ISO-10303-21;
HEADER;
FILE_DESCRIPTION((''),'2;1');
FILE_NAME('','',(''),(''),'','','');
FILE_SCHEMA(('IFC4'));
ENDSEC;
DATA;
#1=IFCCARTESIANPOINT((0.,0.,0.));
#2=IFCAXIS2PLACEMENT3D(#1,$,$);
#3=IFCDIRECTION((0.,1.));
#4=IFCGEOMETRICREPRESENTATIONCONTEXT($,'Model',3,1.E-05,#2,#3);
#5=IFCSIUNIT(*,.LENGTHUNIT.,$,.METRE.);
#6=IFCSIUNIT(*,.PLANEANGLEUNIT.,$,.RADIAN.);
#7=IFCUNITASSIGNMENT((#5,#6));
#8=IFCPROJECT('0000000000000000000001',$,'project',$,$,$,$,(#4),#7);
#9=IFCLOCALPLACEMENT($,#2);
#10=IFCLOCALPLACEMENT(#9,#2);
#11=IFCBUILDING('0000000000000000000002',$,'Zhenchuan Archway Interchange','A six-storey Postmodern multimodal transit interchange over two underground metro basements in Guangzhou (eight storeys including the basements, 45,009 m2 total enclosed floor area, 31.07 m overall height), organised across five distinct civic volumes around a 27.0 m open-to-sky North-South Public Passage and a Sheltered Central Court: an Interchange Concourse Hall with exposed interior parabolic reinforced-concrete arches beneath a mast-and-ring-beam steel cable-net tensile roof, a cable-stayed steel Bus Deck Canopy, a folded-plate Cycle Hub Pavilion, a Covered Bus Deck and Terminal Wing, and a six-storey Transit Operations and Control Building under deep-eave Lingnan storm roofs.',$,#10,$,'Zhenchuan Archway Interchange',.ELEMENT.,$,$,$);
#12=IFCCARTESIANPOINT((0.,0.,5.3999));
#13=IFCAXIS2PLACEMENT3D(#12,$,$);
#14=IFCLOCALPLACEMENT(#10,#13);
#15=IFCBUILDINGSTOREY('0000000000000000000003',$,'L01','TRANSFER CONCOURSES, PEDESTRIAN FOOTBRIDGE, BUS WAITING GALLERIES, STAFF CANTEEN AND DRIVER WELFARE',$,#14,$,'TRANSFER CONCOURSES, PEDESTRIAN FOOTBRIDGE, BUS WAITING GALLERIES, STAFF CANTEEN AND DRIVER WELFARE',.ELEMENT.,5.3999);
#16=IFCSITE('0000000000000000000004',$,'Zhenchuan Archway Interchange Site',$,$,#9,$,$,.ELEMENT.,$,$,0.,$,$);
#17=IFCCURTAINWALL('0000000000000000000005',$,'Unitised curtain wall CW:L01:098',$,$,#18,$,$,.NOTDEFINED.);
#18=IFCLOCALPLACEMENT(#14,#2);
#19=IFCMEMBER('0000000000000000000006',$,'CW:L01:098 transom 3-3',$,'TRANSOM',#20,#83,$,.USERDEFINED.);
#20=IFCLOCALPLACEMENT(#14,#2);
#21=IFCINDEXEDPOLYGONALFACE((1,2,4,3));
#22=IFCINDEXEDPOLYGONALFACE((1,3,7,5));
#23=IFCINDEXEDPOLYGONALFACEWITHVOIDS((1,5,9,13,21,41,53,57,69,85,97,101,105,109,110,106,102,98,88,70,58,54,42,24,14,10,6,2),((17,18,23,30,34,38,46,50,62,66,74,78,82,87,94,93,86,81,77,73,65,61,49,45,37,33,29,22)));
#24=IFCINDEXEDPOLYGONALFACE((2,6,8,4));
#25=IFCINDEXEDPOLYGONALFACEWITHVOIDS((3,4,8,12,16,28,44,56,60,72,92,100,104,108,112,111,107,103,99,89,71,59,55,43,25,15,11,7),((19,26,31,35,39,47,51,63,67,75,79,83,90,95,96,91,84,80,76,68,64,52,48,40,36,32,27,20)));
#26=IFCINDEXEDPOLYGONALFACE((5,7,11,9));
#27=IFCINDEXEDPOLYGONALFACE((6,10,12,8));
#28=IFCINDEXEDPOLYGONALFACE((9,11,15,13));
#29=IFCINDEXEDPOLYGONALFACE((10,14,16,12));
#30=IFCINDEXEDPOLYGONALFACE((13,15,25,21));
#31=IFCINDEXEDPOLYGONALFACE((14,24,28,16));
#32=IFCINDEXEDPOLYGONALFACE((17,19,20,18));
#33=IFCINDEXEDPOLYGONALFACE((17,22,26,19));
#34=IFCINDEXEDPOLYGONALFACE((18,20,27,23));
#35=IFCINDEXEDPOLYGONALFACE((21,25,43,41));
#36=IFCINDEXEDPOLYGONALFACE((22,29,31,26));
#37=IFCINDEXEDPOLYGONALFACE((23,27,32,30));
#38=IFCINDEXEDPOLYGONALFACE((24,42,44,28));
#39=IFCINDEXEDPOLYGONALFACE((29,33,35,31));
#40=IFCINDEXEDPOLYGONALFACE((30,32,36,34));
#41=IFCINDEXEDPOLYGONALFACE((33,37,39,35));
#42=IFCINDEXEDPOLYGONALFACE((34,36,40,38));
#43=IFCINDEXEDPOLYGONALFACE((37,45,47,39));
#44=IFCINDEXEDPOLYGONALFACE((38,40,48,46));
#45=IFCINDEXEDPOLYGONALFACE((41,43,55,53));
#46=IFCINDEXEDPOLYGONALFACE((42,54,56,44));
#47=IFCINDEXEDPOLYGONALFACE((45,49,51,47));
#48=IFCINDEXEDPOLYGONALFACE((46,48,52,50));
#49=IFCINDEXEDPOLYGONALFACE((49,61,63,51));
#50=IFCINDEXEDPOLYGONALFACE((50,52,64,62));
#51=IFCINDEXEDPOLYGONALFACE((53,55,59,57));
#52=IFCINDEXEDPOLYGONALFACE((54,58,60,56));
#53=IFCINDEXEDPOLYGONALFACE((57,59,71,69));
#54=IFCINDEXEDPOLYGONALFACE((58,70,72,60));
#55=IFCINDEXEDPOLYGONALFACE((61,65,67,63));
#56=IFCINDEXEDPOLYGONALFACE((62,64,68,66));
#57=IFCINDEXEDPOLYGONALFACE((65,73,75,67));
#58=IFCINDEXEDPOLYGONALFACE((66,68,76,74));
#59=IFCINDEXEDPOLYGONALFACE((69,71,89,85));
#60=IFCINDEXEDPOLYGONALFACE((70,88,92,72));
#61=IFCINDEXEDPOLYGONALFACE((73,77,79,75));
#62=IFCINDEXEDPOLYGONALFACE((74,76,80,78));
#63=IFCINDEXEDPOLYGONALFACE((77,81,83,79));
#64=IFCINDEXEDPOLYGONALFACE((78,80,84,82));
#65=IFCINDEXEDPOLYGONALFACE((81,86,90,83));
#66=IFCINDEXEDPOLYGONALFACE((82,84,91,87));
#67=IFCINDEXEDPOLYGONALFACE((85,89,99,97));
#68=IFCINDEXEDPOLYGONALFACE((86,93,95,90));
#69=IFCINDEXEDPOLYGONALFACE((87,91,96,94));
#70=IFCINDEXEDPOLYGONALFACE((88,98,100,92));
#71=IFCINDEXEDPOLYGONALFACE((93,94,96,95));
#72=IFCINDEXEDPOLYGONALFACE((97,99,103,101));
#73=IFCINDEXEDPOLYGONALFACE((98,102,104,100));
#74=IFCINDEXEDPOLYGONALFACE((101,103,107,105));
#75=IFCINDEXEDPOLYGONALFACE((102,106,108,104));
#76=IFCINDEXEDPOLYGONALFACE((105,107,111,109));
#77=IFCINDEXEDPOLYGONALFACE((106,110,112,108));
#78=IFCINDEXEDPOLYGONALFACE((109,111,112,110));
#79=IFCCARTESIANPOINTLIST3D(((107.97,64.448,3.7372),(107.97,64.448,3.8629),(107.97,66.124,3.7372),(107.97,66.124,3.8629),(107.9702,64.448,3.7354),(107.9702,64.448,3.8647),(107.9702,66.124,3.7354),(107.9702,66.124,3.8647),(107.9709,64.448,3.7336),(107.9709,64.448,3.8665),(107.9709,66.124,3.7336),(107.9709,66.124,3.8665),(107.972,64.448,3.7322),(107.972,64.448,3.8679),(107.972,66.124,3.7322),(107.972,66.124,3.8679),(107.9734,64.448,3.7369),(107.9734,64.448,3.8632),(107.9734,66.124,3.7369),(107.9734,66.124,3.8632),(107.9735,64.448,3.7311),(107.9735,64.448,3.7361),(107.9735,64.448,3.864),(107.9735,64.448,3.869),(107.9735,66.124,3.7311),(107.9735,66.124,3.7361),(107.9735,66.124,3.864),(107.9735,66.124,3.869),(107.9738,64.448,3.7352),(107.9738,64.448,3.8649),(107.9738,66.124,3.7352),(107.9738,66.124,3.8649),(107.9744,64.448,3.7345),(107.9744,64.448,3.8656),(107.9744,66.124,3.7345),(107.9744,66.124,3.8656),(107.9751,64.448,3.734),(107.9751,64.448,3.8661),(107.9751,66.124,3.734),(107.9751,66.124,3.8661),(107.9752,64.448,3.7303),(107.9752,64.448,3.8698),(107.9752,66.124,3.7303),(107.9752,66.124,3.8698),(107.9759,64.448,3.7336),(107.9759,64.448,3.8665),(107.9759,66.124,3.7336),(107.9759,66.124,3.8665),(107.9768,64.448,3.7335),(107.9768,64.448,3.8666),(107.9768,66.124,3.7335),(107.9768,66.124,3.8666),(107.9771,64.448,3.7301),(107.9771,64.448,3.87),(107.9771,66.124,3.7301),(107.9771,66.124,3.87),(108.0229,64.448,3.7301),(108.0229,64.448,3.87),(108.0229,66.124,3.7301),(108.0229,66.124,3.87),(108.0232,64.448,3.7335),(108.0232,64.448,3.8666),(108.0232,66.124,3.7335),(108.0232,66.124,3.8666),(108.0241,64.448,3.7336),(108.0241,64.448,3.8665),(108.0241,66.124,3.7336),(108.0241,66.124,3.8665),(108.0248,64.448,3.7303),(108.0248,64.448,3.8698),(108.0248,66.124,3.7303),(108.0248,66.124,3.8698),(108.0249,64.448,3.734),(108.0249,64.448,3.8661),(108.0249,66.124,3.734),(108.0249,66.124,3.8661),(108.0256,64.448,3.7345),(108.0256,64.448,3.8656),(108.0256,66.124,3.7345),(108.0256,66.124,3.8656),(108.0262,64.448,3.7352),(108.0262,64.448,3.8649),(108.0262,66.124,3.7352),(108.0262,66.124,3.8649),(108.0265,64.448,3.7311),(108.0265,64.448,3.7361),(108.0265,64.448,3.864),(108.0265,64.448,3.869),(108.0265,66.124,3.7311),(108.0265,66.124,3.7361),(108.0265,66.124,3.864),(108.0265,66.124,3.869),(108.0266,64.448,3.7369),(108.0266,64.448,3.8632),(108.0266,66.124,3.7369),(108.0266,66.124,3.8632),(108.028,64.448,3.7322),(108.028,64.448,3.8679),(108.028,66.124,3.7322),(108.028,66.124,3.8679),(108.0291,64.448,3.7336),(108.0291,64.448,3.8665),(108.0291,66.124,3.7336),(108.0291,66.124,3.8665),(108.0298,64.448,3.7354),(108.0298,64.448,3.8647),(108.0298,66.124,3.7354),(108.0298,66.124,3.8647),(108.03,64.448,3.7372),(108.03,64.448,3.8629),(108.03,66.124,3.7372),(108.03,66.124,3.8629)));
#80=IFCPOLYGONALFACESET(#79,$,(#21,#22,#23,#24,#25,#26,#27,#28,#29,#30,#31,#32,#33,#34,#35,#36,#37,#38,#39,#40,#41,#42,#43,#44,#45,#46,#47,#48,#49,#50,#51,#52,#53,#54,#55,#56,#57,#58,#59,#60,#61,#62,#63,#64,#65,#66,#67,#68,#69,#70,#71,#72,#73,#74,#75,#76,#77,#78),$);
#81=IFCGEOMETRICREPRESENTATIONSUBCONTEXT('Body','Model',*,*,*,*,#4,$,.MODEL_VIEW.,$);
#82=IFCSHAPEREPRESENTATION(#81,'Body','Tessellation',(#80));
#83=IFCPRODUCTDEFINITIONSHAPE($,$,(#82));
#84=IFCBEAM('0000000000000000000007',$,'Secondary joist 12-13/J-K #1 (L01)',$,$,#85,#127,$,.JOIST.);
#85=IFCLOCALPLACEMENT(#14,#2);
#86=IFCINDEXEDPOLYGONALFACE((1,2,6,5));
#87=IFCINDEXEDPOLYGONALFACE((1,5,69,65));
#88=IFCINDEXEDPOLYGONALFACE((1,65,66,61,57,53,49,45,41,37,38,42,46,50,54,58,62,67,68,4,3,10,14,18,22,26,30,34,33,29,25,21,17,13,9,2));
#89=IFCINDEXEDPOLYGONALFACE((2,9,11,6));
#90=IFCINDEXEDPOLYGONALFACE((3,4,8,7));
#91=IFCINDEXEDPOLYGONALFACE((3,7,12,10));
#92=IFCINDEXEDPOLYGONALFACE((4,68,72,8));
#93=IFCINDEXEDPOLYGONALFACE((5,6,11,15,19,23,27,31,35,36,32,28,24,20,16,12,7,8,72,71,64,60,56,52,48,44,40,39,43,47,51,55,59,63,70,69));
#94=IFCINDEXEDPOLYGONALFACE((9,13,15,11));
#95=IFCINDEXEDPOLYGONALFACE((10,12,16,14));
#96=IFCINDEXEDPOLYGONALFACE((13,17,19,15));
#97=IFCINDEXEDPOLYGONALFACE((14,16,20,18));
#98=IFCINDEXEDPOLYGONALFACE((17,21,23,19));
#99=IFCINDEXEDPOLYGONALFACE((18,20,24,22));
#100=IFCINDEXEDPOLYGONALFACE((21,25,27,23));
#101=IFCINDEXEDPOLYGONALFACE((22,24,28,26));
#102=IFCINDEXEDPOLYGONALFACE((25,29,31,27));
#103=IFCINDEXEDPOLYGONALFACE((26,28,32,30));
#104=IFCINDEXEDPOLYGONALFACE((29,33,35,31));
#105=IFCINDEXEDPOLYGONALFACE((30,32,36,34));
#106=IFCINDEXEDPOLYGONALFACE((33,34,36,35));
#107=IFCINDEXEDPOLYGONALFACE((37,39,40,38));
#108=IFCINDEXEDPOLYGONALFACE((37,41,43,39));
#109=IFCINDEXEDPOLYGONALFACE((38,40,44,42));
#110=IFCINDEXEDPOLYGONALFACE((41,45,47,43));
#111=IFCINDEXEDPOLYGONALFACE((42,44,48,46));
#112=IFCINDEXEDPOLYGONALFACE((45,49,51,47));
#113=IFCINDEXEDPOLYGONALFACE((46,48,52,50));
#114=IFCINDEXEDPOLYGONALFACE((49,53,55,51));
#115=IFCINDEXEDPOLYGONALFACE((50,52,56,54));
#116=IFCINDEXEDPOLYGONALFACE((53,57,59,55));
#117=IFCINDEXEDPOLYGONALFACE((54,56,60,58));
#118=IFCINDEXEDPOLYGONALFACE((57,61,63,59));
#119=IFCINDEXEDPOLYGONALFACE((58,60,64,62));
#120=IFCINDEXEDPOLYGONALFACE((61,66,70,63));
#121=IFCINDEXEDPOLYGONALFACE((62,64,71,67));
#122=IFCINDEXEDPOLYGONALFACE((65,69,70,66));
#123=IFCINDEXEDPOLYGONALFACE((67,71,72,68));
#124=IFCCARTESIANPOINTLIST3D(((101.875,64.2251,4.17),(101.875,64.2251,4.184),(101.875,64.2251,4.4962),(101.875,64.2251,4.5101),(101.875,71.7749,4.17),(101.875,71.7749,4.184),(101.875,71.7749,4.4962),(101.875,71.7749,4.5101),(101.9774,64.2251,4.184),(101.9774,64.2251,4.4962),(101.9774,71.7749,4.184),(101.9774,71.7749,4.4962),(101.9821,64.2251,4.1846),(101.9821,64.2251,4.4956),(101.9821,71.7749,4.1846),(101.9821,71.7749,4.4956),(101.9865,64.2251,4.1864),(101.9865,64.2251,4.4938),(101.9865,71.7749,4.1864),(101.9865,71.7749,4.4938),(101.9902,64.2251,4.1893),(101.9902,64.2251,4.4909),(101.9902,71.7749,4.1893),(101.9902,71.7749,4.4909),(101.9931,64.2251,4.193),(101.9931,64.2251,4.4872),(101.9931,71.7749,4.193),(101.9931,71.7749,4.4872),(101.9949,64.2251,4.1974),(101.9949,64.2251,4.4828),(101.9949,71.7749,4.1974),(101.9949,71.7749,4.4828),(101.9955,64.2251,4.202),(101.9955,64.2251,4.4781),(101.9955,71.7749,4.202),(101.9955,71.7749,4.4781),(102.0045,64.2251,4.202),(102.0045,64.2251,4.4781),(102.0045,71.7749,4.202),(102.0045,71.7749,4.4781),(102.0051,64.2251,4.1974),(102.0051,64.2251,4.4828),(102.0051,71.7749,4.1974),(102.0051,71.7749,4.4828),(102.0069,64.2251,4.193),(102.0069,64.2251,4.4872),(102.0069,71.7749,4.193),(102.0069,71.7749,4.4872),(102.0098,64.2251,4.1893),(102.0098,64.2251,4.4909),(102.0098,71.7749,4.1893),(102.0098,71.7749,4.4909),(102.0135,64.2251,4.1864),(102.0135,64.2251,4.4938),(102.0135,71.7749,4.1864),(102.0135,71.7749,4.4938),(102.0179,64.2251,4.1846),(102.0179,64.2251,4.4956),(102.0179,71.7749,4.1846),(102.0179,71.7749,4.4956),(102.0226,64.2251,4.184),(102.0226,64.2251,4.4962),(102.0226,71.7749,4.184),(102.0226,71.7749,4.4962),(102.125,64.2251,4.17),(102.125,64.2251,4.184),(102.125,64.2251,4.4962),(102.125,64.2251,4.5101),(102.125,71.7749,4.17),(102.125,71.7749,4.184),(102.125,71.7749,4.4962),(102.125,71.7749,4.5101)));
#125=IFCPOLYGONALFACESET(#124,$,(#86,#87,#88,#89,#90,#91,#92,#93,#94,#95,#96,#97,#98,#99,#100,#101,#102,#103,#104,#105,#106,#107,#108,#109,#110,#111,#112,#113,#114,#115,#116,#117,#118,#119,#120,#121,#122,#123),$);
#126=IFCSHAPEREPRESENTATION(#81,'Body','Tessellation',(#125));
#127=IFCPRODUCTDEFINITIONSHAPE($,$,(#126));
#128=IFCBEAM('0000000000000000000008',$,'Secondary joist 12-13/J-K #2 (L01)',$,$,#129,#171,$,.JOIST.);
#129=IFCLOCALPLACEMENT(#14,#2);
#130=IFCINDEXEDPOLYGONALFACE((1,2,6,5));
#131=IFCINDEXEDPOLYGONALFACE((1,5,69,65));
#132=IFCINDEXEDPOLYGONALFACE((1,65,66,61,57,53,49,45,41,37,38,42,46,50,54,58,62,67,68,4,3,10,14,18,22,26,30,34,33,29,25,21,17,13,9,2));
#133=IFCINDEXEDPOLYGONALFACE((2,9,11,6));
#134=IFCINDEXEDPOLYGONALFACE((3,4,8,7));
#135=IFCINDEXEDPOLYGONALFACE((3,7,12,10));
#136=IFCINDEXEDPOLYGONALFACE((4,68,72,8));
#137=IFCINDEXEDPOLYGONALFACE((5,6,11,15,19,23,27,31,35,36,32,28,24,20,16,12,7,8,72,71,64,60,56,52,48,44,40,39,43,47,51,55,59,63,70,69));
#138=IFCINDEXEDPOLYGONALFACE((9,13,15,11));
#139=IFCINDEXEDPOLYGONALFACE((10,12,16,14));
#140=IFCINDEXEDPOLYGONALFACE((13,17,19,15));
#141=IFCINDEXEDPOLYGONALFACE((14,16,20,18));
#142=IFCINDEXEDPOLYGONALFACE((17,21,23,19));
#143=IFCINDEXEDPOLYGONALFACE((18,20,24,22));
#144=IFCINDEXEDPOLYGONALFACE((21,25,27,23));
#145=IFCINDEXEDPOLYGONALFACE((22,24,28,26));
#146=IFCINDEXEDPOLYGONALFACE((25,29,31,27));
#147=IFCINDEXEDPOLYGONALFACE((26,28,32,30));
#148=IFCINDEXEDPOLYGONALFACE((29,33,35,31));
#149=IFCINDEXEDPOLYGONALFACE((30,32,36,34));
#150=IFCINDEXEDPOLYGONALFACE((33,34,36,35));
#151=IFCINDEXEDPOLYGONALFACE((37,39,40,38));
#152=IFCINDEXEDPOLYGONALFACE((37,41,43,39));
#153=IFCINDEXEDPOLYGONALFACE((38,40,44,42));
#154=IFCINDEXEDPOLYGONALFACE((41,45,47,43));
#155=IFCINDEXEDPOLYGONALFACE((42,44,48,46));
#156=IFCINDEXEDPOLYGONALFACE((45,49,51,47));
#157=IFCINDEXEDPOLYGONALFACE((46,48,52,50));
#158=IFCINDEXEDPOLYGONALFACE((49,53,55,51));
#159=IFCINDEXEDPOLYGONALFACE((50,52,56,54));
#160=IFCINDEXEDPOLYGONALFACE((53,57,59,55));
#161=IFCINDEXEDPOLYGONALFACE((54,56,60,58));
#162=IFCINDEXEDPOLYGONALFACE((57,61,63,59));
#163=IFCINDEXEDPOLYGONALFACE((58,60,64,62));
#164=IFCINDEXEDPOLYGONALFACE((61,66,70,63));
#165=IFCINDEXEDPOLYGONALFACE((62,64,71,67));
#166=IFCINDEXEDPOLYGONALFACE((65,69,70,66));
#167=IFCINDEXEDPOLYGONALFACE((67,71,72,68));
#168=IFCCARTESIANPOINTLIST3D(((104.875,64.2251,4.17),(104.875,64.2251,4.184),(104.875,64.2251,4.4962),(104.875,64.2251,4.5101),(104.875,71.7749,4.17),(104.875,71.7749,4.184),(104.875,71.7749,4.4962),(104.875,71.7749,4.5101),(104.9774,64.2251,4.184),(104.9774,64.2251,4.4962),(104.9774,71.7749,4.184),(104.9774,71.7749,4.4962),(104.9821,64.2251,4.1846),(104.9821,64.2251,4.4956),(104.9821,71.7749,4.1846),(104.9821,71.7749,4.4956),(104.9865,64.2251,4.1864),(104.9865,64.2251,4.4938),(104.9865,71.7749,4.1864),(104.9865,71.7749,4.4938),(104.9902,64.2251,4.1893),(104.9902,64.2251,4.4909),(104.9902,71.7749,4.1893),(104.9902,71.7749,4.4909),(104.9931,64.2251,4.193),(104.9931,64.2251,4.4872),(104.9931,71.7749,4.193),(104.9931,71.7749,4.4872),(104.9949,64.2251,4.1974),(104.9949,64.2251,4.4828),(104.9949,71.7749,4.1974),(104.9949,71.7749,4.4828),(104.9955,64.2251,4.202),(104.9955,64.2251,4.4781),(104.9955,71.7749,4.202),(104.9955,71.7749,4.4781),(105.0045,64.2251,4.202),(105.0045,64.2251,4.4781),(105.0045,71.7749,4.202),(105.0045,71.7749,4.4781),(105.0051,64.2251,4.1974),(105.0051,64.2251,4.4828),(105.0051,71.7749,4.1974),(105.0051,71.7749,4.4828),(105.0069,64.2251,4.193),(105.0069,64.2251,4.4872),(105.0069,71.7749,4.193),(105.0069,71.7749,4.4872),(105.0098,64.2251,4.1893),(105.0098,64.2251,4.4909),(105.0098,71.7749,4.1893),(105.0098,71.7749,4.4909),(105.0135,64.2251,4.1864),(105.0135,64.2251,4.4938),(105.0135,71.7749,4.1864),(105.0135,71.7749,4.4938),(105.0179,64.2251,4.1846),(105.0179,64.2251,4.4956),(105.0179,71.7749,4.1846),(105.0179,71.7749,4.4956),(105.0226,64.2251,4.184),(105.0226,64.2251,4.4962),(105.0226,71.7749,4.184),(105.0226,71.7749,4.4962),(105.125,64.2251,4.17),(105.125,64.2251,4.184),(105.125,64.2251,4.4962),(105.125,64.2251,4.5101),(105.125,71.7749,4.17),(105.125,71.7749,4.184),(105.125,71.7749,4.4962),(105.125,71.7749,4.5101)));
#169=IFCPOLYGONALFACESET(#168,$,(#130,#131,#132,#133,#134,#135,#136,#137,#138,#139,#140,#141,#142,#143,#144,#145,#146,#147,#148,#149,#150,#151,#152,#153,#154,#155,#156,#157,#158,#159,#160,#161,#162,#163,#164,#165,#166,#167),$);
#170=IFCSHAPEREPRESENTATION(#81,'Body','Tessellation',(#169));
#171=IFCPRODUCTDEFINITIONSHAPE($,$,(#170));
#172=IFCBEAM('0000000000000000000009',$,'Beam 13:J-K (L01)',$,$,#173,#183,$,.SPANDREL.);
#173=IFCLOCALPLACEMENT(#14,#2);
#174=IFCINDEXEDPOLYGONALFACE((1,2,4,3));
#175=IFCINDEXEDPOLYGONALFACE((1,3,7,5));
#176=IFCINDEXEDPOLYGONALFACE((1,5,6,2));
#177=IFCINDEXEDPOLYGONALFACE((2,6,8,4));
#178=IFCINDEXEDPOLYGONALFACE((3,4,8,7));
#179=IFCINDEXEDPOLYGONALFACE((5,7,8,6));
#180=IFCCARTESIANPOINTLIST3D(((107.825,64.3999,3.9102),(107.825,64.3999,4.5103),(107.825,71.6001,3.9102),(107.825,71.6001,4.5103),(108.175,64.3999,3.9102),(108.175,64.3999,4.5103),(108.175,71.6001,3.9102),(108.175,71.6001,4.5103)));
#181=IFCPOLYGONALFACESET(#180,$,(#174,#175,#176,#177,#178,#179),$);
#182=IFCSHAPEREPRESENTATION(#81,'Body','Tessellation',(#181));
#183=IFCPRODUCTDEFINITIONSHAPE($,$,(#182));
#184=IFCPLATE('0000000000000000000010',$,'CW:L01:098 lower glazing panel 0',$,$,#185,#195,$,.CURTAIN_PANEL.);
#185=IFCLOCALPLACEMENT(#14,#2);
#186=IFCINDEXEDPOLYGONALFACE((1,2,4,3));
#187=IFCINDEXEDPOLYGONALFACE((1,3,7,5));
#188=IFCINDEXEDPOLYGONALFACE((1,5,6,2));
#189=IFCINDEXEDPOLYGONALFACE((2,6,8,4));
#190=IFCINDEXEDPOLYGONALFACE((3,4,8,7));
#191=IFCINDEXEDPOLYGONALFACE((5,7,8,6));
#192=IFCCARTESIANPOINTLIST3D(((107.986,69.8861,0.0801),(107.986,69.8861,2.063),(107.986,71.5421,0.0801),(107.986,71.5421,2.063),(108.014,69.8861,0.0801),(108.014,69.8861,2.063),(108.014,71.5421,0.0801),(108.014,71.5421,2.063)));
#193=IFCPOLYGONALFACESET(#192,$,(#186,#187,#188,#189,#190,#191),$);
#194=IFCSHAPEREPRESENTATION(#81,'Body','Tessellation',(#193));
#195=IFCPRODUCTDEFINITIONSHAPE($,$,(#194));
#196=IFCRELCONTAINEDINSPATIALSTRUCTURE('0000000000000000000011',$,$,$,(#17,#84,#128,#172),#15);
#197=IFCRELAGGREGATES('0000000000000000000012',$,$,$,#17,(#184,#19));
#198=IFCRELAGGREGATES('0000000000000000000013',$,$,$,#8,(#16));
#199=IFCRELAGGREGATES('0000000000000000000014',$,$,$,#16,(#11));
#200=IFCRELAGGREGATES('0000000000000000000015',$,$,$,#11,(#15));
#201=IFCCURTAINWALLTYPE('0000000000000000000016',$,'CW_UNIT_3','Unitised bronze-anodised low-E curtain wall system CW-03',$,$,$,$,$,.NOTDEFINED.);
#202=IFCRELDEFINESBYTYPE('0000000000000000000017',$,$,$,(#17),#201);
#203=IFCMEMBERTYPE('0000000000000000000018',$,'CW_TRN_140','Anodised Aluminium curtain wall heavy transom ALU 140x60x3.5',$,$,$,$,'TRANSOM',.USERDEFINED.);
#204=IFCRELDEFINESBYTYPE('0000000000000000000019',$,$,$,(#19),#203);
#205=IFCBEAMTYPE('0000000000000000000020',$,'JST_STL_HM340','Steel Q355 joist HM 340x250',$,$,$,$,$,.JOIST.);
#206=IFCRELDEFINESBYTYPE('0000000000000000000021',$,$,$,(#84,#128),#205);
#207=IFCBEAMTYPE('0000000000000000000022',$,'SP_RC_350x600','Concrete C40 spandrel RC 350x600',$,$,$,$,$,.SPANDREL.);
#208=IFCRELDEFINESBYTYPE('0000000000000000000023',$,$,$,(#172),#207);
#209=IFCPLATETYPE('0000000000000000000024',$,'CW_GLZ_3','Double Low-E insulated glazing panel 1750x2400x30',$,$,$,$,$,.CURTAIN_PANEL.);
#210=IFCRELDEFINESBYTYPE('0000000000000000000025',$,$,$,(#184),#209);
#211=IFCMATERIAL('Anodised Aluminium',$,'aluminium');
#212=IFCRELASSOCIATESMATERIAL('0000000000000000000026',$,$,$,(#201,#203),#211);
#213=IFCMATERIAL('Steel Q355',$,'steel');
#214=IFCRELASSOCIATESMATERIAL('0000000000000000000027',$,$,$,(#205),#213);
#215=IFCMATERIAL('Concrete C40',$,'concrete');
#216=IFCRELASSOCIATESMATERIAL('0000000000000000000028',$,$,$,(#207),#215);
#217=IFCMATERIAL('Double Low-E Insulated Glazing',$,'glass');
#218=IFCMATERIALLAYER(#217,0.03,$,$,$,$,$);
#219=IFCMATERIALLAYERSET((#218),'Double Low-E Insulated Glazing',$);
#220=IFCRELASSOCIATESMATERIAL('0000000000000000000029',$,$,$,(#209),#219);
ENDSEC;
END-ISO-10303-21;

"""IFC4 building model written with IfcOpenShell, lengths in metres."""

from ifc_helpers import new_model, si_unit, direction, frame, origin, origin_2d, place, context, subcontext, project, spatial, rectangle, hollow_rectangle, i_section, extrude, material, layer, layer_set, material_profile, profile_set, type_object, element, aggregate, save


model = new_model("IFC4")

# Units and contexts
model_context = context("Model", 3, precision=1e-05, world=origin(), true_north=direction((0.0, 1.0)))
body_context = subcontext(model_context, "Body", "Model", "MODEL_VIEW")
ifc_project = project(units=[si_unit("LENGTHUNIT", "METRE"), si_unit("PLANEANGLEUNIT", "RADIAN")], contexts=[model_context])

# Site, building, storey
site_placement = place(None, origin())
site = spatial("IfcSite", under=ifc_project, at=site_placement, Name="Zhenchuan Archway Interchange Site", CompositionType="ELEMENT", RefElevation=0.0)
building_placement = place(site_placement, origin())
building = spatial("IfcBuilding", under=site, at=building_placement, Name="Zhenchuan Archway Interchange", Description="A six-storey Postmodern multimodal transit interchange over two underground metro basements in Guangzhou (eight storeys including the basements, 45,009 m2 total enclosed floor area, 31.07 m overall height), organised across five distinct civic volumes around a 27.0 m open-to-sky North-South Public Passage and a Sheltered Central Court: an Interchange Concourse Hall with exposed interior parabolic reinforced-concrete arches beneath a mast-and-ring-beam steel cable-net tensile roof, a cable-stayed steel Bus Deck Canopy, a folded-plate Cycle Hub Pavilion, a Covered Bus Deck and Terminal Wing, and a six-storey Transit Operations and Control Building under deep-eave Lingnan storm roofs.", LongName="Zhenchuan Archway Interchange", CompositionType="ELEMENT")
storey_placement = place(building_placement, frame((0.0, 0.0, 5.3999)))
storey = spatial("IfcBuildingStorey", under=building, at=storey_placement, Name="L01", Description="TRANSFER CONCOURSES, PEDESTRIAN FOOTBRIDGE, BUS WAITING GALLERIES, STAFF CANTEEN AND DRIVER WELFARE", LongName="TRANSFER CONCOURSES, PEDESTRIAN FOOTBRIDGE, BUS WAITING GALLERIES, STAFF CANTEEN AND DRIVER WELFARE", CompositionType="ELEMENT", Elevation=5.3999)

# Shared definitions
ifc_material_1 = material(Name="Concrete C40", Category="concrete")

# Curtain wall, member
ifc_material_2 = material(Name="Anodised Aluminium", Category="aluminium")
curtain_wall_type = type_object("IfcCurtainWallType", Name="CW_UNIT_3", Description="Unitised bronze-anodised low-E curtain wall system CW-03", PredefinedType="NOTDEFINED", material=ifc_material_2)
curtain_wall_placement = place(storey_placement, origin())
curtain_wall = element("IfcCurtainWall", 1, at=curtain_wall_placement, inside=storey, type_object=curtain_wall_type, Name="Unitised curtain wall CW:L01:098", PredefinedType="NOTDEFINED")
ifc_material_profile_1 = material_profile(ifc_material_2, hollow_rectangle(XDim=0.0601, YDim=0.1399, WallThickness=0.0034, InnerFilletRadius=0.0034, OuterFilletRadius=0.0071, at=origin_2d()), Name="ALU 140x60x3.5")
ifc_profile_set_1 = profile_set([ifc_material_profile_1], Name="Anodised Aluminium")
member_type_1 = type_object("IfcMemberType", Name="CW_TRN_140", Description="Anodised Aluminium curtain wall heavy transom ALU 140x60x3.5", ElementType="TRANSOM", PredefinedType="USERDEFINED", material=ifc_profile_set_1)
member_1_placement = place(storey_placement, frame((108.0, 66.124, 3.8), z_axis=(0.0, -1.0, 0.0), x_axis=(1.0, 0.0, 0.0)))
member_1 = element("IfcMember", 2, at=member_1_placement, type_object=member_type_1, Name="CW:L01:098 transom 3-3", ObjectType="TRANSOM", PredefinedType="USERDEFINED", context=body_context, shape_type="SweptSolid", body=[
    extrude(hollow_rectangle(XDim=0.0601, YDim=0.1399, WallThickness=0.0034, InnerFilletRadius=0.0034, OuterFilletRadius=0.0071, at=origin_2d()), origin(), (0.0, 0.0, 1.0), 1.676),
])

# Beams
ifc_material_3 = material(Name="Steel Q355", Category="steel")
ifc_material_profile_2 = material_profile(ifc_material_3, i_section(OverallWidth=0.25, OverallDepth=0.3401, WebThickness=0.009, FlangeThickness=0.0139, FilletRadius=0.0181, at=origin_2d()), Name="HM 340x250")
ifc_profile_set_2 = profile_set([ifc_material_profile_2], Name="Steel Q355")
beam_type_1 = type_object("IfcBeamType", Name="JST_STL_HM340", Description="Steel Q355 joist HM 340x250", PredefinedType="JOIST", material=ifc_profile_set_2)
for number, where, z_axis, x_axis, name in (
    (3, (102.0, 64.2251, 4.3401), (0.0, 1.0, 0.0), (-1.0, 0.0, 0.0), "Secondary joist 12-13/J-K #1 (L01)"),
    (4, (105.0, 64.2251, 4.3401), (0.0, 1.0, 0.0), (-1.0, 0.0, 0.0), "Secondary joist 12-13/J-K #2 (L01)"),
):
    element("IfcBeam", number, at=place(storey_placement, frame(where, z_axis=z_axis, x_axis=x_axis)), inside=storey, type_object=beam_type_1, Name=name, PredefinedType="JOIST", context=body_context, shape_type="SweptSolid", body=[
        extrude(i_section(OverallWidth=0.25, OverallDepth=0.3401, WebThickness=0.009, FlangeThickness=0.0139, FilletRadius=0.0181, at=origin_2d()), origin(), (0.0, 0.0, 1.0), 7.5498),
    ])
ifc_material_profile_3 = material_profile(ifc_material_1, rectangle(XDim=0.3501, YDim=0.6001, at=origin_2d()), Name="RC 350x600")
ifc_profile_set_3 = profile_set([ifc_material_profile_3], Name="Concrete C40")
beam_type_2 = type_object("IfcBeamType", Name="SP_RC_350x600", Description="Concrete C40 spandrel RC 350x600", PredefinedType="SPANDREL", material=ifc_profile_set_3)
beam_placement = place(storey_placement, frame((108.0, 64.3999, 4.2102), z_axis=(0.0, 1.0, 0.0), x_axis=(-1.0, 0.0, 0.0)))
element("IfcBeam", 5, at=beam_placement, inside=storey, type_object=beam_type_2, Name="Beam 13:J-K (L01)", PredefinedType="SPANDREL", context=body_context, shape_type="SweptSolid", body=[
    extrude(rectangle(XDim=0.3501, YDim=0.6001, at=origin_2d()), origin(), (0.0, 0.0, 1.0), 7.2002),
])

# Plate
ifc_material_4 = material(Name="Double Low-E Insulated Glazing", Category="glass")
ifc_layer_1 = layer(ifc_material_4, 0.03)
ifc_layer_set_1 = layer_set([ifc_layer_1], Name="Double Low-E Insulated Glazing")
plate_type_1 = type_object("IfcPlateType", Name="CW_GLZ_3", Description="Double Low-E insulated glazing panel 1750x2400x30", PredefinedType="CURTAIN_PANEL", material=ifc_layer_set_1)
plate_1_placement = place(storey_placement, frame((108.0, 70.7141, 0.0801), z_axis=(0.0, 0.0, 1.0), x_axis=(0.0, -1.0, 0.0)))
plate_1 = element("IfcPlate", 6, at=plate_1_placement, type_object=plate_type_1, Name="CW:L01:098 lower glazing panel 0", PredefinedType="CURTAIN_PANEL", context=body_context, shape_type="SweptSolid", body=[
    extrude(rectangle(XDim=1.656, YDim=0.0281, at=origin_2d()), origin(), (0.0, 0.0, 1.0), 1.9829),
])
aggregate(curtain_wall, [plate_1, member_1])

save(model, "model.ifc")
